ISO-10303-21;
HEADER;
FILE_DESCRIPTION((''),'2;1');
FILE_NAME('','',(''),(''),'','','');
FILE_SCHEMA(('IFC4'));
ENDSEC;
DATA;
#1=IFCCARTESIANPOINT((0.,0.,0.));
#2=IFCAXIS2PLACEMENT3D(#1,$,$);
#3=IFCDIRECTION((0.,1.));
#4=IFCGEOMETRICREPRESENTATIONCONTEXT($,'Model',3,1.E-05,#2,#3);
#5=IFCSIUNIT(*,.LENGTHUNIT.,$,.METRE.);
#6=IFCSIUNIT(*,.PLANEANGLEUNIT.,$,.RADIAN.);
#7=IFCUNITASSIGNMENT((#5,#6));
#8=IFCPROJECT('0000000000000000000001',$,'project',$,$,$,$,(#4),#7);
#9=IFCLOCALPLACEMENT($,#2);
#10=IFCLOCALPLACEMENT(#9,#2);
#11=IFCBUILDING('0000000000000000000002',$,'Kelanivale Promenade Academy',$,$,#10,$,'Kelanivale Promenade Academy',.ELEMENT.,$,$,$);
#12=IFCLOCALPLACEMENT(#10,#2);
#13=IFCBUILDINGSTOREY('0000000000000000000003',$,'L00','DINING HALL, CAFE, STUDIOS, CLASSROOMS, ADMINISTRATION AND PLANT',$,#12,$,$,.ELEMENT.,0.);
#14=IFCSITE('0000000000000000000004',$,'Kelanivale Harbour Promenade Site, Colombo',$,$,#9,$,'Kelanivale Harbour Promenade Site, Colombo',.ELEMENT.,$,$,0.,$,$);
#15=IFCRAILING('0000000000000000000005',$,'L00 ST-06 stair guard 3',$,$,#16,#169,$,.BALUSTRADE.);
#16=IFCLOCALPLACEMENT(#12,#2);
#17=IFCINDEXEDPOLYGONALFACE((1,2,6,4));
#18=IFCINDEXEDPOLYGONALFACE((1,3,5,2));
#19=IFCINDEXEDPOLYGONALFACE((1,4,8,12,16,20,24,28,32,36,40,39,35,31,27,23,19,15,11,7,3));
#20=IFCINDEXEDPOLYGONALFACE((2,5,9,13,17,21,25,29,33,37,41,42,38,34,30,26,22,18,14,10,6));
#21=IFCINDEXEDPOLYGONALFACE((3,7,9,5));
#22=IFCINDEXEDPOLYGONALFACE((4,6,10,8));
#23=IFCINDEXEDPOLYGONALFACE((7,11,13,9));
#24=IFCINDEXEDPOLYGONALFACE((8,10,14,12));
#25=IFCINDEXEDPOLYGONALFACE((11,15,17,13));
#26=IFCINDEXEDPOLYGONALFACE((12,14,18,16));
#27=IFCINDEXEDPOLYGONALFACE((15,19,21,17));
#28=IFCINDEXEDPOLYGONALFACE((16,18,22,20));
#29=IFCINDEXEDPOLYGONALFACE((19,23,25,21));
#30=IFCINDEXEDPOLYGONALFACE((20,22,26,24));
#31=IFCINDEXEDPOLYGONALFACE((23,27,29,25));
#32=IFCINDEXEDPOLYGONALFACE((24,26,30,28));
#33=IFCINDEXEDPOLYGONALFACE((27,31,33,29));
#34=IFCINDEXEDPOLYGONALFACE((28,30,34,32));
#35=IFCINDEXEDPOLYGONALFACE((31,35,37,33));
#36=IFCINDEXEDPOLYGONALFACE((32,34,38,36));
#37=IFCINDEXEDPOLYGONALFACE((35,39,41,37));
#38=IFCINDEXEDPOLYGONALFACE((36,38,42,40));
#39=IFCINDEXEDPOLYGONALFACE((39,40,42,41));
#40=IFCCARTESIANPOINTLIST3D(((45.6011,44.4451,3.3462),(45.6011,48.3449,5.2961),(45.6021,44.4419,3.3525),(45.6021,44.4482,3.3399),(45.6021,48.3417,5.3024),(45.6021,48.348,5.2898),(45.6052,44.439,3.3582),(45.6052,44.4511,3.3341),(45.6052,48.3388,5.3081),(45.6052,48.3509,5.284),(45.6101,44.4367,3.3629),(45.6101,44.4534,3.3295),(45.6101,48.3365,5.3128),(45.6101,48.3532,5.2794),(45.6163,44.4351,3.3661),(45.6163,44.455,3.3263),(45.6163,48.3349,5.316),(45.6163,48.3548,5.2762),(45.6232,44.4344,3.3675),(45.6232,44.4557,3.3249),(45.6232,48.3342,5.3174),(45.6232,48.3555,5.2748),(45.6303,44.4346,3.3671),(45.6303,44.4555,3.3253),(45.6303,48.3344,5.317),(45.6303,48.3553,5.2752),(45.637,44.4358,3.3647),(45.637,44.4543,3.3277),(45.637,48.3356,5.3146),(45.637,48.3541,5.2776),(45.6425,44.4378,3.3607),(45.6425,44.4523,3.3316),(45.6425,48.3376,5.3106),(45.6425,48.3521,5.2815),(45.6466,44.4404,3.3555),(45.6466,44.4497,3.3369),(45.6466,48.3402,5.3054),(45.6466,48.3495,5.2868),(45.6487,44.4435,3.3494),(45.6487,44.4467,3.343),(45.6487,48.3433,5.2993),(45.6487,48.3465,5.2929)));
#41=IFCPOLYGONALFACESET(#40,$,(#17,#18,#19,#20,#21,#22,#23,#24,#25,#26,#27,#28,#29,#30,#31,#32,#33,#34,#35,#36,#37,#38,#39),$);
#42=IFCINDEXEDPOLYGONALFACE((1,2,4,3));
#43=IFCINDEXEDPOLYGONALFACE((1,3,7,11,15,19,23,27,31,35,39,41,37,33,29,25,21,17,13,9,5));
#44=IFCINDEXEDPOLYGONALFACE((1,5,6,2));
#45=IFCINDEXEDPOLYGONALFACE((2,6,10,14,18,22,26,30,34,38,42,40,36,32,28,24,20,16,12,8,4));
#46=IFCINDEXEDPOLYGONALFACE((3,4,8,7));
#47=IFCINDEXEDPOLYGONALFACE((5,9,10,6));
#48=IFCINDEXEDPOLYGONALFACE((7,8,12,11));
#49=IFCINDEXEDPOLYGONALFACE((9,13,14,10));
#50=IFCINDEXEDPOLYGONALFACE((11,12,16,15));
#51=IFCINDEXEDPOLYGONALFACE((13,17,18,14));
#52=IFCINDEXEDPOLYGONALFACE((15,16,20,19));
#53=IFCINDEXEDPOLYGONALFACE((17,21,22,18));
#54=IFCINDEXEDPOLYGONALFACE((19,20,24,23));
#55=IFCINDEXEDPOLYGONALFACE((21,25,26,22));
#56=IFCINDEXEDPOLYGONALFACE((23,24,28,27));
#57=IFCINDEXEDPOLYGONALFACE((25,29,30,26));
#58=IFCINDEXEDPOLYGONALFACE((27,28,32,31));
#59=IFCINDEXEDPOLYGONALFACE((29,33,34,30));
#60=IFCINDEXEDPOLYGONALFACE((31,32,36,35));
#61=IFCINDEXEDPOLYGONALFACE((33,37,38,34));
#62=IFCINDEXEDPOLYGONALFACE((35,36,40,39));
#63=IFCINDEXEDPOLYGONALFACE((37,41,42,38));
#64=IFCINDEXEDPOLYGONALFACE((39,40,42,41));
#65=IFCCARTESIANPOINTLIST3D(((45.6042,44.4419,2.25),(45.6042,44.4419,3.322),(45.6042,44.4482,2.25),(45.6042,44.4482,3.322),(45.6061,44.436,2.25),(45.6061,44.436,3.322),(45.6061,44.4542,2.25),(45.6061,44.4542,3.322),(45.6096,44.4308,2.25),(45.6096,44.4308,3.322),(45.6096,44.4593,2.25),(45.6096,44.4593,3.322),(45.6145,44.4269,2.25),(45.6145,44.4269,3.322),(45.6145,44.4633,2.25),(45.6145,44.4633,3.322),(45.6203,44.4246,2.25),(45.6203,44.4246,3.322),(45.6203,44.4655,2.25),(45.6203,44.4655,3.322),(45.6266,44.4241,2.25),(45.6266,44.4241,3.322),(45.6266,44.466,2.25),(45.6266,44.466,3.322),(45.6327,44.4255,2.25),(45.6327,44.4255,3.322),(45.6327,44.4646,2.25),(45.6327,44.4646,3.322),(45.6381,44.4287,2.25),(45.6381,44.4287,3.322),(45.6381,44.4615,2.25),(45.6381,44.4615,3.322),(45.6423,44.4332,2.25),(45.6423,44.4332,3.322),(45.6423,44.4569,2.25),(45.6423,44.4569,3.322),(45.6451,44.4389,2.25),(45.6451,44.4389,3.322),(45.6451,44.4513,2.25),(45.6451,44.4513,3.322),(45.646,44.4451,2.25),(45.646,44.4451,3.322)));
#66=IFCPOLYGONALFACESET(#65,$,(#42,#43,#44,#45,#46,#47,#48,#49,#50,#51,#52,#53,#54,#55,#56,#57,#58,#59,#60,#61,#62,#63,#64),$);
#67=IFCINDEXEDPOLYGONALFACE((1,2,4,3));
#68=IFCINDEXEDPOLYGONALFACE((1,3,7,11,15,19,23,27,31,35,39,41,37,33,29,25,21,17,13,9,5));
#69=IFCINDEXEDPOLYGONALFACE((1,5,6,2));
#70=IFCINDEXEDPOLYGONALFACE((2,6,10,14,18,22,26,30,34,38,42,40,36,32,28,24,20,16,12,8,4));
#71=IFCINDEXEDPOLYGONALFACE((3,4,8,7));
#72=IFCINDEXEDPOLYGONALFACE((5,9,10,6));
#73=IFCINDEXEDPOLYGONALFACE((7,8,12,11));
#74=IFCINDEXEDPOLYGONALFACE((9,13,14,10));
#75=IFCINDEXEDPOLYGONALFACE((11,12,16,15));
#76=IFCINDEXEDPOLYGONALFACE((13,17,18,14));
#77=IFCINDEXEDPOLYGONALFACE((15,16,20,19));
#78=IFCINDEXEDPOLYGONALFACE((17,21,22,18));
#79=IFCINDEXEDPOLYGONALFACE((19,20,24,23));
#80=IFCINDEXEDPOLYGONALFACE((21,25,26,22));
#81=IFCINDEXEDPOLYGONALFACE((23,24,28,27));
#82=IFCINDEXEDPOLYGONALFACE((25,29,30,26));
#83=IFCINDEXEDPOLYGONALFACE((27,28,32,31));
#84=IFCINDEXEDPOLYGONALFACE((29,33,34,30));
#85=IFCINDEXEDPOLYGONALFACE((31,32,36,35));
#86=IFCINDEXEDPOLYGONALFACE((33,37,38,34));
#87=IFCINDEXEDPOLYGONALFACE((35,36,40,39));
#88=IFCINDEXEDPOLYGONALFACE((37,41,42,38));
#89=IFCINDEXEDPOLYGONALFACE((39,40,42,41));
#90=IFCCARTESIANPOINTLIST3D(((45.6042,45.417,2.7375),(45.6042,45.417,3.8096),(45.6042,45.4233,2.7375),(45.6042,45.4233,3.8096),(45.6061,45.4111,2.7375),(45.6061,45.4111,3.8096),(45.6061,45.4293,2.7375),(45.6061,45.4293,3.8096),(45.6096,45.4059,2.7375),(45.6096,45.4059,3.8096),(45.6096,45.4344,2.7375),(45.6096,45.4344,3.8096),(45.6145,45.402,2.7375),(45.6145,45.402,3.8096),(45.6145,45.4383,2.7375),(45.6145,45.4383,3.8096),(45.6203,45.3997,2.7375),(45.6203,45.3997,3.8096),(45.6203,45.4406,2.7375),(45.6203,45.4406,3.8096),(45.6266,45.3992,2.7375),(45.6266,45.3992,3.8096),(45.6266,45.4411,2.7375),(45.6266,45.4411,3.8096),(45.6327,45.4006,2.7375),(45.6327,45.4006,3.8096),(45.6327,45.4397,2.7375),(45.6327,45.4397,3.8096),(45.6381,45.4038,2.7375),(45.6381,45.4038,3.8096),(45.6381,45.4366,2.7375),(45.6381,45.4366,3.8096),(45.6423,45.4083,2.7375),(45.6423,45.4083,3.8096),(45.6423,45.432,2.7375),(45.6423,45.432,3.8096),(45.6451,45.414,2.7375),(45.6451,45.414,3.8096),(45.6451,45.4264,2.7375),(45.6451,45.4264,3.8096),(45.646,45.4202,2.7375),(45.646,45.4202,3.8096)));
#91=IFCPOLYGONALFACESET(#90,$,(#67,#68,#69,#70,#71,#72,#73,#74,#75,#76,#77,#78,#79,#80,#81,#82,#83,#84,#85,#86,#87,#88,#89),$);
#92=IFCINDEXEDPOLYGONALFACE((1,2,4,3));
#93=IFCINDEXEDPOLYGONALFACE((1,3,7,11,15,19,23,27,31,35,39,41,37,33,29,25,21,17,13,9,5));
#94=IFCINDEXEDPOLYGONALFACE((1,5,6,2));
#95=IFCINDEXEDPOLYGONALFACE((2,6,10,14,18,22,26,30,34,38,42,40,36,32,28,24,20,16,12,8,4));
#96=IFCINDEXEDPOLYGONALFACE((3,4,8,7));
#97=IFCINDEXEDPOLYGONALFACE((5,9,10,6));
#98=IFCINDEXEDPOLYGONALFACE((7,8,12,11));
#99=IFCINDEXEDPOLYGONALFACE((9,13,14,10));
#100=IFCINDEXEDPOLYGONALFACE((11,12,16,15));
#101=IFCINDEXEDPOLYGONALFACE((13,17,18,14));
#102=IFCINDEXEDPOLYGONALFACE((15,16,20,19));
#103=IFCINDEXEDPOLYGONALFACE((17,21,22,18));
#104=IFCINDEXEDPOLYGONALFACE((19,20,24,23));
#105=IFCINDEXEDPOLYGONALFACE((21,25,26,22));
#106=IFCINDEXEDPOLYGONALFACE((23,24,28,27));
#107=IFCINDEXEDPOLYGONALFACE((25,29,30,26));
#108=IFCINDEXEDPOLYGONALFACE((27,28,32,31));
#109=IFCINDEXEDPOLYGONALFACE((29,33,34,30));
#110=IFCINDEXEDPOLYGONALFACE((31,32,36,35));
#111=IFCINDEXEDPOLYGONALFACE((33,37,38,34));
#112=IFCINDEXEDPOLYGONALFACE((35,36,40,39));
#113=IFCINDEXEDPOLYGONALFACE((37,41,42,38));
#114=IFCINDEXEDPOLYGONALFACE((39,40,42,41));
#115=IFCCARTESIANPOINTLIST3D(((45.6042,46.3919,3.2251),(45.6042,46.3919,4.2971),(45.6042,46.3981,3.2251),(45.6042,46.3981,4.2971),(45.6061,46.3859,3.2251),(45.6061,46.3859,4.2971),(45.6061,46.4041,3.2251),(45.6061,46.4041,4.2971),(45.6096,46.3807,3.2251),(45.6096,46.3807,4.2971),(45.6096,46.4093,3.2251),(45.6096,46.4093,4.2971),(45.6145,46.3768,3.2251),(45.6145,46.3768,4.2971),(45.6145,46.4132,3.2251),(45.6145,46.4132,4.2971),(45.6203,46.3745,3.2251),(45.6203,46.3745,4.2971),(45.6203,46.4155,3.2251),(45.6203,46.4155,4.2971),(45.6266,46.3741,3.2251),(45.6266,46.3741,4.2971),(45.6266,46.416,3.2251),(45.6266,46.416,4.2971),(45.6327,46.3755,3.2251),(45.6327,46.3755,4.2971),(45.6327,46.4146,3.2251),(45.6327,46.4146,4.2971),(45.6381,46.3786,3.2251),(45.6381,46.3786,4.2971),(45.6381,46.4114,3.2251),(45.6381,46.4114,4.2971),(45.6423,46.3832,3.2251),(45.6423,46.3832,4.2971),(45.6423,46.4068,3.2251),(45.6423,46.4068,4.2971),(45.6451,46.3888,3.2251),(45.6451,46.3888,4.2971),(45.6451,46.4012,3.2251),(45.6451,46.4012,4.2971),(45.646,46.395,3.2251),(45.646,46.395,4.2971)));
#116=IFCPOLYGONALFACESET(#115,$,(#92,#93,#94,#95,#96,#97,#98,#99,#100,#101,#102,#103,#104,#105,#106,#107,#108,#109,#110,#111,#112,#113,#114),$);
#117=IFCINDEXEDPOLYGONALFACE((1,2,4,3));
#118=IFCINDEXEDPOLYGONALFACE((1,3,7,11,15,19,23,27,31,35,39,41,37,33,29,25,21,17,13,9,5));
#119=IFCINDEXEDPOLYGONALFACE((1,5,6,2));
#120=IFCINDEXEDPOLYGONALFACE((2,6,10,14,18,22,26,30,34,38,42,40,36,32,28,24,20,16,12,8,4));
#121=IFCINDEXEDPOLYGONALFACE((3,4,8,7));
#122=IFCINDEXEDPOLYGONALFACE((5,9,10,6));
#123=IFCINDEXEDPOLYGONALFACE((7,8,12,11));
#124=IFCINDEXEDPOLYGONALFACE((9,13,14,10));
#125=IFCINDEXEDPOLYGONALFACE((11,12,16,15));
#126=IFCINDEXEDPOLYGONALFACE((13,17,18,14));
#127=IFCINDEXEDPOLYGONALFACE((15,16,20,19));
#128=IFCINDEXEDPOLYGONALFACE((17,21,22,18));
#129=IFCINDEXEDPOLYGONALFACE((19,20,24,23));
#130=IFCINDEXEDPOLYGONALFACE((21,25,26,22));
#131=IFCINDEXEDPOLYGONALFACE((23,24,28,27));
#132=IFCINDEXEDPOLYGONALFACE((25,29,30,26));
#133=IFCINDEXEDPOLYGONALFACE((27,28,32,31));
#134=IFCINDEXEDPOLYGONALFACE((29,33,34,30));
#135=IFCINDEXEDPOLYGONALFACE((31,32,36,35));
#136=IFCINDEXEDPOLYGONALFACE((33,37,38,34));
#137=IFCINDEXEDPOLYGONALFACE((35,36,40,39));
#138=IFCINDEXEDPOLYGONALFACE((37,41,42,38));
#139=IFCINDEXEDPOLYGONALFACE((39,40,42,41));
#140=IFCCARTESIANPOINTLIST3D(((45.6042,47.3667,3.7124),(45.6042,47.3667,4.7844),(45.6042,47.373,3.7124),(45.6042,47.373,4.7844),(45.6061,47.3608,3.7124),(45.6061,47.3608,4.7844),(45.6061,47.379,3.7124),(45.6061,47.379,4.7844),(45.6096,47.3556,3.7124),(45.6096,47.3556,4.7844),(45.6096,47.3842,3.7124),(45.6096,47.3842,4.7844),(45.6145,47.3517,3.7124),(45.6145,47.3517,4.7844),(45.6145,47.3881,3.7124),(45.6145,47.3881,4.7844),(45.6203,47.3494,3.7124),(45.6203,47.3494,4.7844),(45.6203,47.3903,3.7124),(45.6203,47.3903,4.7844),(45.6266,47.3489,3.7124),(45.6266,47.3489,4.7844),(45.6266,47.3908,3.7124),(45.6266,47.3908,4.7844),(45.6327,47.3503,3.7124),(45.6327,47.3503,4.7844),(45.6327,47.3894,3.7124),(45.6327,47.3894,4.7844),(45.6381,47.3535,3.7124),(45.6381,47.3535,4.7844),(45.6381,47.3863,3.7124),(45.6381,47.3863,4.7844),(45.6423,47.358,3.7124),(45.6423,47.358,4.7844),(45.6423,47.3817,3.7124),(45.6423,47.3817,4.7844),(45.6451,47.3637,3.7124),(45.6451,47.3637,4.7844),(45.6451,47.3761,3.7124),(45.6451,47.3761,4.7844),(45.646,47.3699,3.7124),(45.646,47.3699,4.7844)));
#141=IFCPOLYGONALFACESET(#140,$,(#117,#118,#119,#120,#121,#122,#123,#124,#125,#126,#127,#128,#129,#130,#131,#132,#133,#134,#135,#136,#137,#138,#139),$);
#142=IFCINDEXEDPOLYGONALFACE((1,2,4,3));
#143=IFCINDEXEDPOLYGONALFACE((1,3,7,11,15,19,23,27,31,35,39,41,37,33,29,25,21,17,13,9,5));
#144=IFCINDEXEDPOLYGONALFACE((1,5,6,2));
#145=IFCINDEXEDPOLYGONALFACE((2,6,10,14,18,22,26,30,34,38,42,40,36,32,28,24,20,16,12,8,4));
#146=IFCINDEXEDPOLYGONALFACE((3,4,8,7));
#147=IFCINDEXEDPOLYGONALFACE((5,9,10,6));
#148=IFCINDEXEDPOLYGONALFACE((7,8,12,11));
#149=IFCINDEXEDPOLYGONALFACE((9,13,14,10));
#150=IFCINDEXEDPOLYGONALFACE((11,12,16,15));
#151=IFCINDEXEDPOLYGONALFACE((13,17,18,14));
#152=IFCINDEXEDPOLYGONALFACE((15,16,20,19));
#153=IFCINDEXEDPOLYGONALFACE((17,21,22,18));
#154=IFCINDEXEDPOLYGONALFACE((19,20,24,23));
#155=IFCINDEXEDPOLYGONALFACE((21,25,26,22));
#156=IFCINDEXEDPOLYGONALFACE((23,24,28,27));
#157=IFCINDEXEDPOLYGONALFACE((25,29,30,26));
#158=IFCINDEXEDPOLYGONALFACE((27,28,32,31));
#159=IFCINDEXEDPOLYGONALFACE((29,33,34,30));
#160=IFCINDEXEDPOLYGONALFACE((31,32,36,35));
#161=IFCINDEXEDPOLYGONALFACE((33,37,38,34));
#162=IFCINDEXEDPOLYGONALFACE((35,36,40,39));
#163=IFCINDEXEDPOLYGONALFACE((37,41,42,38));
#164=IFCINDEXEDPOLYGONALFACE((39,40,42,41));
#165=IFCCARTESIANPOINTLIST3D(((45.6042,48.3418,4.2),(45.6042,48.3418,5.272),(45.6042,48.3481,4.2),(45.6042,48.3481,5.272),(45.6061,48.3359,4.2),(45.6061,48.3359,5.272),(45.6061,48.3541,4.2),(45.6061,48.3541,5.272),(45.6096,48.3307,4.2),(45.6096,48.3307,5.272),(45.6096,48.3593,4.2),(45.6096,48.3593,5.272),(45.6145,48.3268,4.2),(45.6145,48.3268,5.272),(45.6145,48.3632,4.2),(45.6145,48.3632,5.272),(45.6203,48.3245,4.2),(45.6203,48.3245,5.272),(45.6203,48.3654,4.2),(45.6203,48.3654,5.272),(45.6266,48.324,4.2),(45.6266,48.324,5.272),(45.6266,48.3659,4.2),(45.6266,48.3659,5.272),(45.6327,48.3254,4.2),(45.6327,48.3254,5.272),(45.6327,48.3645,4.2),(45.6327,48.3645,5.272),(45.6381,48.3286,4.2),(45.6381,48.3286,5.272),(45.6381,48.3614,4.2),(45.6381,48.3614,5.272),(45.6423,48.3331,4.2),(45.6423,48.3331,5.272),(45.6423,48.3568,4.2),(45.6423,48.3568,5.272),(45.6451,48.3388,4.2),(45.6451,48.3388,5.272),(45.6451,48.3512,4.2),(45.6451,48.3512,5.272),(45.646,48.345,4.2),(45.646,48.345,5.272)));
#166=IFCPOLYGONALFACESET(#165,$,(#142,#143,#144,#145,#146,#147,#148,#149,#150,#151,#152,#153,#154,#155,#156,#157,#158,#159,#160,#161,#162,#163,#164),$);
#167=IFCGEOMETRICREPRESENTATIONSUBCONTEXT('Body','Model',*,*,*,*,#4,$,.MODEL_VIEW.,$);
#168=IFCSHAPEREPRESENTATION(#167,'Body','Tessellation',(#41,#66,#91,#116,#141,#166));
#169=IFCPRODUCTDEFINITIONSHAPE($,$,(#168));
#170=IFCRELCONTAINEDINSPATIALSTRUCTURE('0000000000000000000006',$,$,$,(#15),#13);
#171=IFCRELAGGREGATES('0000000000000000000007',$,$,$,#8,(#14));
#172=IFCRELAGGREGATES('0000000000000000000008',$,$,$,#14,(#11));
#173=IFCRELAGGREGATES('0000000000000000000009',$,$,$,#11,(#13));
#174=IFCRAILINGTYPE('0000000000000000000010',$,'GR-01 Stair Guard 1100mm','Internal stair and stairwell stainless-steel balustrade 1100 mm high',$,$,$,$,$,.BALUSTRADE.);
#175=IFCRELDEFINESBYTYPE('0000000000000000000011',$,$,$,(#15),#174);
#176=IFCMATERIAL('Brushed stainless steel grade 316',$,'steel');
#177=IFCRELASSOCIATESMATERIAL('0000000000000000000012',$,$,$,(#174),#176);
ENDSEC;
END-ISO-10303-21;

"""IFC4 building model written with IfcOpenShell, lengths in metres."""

from ifc_helpers import new_model, si_unit, direction, frame, origin, origin_2d, place, context, subcontext, project, spatial, circle, extrude, material, type_object, element, save


model = new_model("IFC4")

# Units and contexts
model_context = context("Model", 3, precision=1e-05, world=origin(), true_north=direction((0.0, 1.0)))
body_context = subcontext(model_context, "Body", "Model", "MODEL_VIEW")
ifc_project = project(units=[si_unit("LENGTHUNIT", "METRE"), si_unit("PLANEANGLEUNIT", "RADIAN")], contexts=[model_context])

# Site, building, storey
site_placement = place(None, origin())
site = spatial("IfcSite", under=ifc_project, at=site_placement, Name="Kelanivale Harbour Promenade Site, Colombo", LongName="Kelanivale Harbour Promenade Site, Colombo", CompositionType="ELEMENT", RefElevation=0.0)
building_placement = place(site_placement, origin())
building = spatial("IfcBuilding", under=site, at=building_placement, Name="Kelanivale Promenade Academy", LongName="Kelanivale Promenade Academy", CompositionType="ELEMENT")
storey_placement = place(building_placement, origin())
storey = spatial("IfcBuildingStorey", under=building, at=storey_placement, Name="L00", Description="DINING HALL, CAFE, STUDIOS, CLASSROOMS, ADMINISTRATION AND PLANT", CompositionType="ELEMENT", Elevation=0.0)

# Railing
ifc_material_1 = material(Name="Brushed stainless steel grade 316", Category="steel")
railing_type_1 = type_object("IfcRailingType", Name="GR-01 Stair Guard 1100mm", Description="Internal stair and stairwell stainless-steel balustrade 1100 mm high", PredefinedType="BALUSTRADE", material=ifc_material_1)
railing_1_placement = place(storey_placement, frame((45.625, 44.4451, 2.25)))
element("IfcRailing", 1, at=railing_1_placement, inside=storey, type_object=railing_type_1, Name="L00 ST-06 stair guard 3", PredefinedType="BALUSTRADE", context=body_context, shape_type="SweptSolid", body=[
    extrude(circle(Radius=0.0239, at=origin_2d()), frame((0.0, 0.0, 1.0962), z_axis=(0.0, 0.894427, 0.447214), x_axis=(-1.0, 0.0, 0.0)), (0.0, 0.0, 1.0), 4.3601),
    extrude(circle(Radius=0.021, at=origin_2d()), origin(), (0.0, 0.0, 1.0), 1.072),
    extrude(circle(Radius=0.021, at=origin_2d()), frame((0.0, 0.9751, 0.4875)), (0.0, 0.0, 1.0), 1.072),
    extrude(circle(Radius=0.021, at=origin_2d()), frame((0.0, 1.95, 0.9751)), (0.0, 0.0, 1.0), 1.072),
    extrude(circle(Radius=0.021, at=origin_2d()), frame((0.0, 2.9248, 1.4624)), (0.0, 0.0, 1.0), 1.072),
    extrude(circle(Radius=0.021, at=origin_2d()), frame((0.0, 3.8999, 1.95)), (0.0, 0.0, 1.0), 1.072),
])

save(model, "model.ifc")
